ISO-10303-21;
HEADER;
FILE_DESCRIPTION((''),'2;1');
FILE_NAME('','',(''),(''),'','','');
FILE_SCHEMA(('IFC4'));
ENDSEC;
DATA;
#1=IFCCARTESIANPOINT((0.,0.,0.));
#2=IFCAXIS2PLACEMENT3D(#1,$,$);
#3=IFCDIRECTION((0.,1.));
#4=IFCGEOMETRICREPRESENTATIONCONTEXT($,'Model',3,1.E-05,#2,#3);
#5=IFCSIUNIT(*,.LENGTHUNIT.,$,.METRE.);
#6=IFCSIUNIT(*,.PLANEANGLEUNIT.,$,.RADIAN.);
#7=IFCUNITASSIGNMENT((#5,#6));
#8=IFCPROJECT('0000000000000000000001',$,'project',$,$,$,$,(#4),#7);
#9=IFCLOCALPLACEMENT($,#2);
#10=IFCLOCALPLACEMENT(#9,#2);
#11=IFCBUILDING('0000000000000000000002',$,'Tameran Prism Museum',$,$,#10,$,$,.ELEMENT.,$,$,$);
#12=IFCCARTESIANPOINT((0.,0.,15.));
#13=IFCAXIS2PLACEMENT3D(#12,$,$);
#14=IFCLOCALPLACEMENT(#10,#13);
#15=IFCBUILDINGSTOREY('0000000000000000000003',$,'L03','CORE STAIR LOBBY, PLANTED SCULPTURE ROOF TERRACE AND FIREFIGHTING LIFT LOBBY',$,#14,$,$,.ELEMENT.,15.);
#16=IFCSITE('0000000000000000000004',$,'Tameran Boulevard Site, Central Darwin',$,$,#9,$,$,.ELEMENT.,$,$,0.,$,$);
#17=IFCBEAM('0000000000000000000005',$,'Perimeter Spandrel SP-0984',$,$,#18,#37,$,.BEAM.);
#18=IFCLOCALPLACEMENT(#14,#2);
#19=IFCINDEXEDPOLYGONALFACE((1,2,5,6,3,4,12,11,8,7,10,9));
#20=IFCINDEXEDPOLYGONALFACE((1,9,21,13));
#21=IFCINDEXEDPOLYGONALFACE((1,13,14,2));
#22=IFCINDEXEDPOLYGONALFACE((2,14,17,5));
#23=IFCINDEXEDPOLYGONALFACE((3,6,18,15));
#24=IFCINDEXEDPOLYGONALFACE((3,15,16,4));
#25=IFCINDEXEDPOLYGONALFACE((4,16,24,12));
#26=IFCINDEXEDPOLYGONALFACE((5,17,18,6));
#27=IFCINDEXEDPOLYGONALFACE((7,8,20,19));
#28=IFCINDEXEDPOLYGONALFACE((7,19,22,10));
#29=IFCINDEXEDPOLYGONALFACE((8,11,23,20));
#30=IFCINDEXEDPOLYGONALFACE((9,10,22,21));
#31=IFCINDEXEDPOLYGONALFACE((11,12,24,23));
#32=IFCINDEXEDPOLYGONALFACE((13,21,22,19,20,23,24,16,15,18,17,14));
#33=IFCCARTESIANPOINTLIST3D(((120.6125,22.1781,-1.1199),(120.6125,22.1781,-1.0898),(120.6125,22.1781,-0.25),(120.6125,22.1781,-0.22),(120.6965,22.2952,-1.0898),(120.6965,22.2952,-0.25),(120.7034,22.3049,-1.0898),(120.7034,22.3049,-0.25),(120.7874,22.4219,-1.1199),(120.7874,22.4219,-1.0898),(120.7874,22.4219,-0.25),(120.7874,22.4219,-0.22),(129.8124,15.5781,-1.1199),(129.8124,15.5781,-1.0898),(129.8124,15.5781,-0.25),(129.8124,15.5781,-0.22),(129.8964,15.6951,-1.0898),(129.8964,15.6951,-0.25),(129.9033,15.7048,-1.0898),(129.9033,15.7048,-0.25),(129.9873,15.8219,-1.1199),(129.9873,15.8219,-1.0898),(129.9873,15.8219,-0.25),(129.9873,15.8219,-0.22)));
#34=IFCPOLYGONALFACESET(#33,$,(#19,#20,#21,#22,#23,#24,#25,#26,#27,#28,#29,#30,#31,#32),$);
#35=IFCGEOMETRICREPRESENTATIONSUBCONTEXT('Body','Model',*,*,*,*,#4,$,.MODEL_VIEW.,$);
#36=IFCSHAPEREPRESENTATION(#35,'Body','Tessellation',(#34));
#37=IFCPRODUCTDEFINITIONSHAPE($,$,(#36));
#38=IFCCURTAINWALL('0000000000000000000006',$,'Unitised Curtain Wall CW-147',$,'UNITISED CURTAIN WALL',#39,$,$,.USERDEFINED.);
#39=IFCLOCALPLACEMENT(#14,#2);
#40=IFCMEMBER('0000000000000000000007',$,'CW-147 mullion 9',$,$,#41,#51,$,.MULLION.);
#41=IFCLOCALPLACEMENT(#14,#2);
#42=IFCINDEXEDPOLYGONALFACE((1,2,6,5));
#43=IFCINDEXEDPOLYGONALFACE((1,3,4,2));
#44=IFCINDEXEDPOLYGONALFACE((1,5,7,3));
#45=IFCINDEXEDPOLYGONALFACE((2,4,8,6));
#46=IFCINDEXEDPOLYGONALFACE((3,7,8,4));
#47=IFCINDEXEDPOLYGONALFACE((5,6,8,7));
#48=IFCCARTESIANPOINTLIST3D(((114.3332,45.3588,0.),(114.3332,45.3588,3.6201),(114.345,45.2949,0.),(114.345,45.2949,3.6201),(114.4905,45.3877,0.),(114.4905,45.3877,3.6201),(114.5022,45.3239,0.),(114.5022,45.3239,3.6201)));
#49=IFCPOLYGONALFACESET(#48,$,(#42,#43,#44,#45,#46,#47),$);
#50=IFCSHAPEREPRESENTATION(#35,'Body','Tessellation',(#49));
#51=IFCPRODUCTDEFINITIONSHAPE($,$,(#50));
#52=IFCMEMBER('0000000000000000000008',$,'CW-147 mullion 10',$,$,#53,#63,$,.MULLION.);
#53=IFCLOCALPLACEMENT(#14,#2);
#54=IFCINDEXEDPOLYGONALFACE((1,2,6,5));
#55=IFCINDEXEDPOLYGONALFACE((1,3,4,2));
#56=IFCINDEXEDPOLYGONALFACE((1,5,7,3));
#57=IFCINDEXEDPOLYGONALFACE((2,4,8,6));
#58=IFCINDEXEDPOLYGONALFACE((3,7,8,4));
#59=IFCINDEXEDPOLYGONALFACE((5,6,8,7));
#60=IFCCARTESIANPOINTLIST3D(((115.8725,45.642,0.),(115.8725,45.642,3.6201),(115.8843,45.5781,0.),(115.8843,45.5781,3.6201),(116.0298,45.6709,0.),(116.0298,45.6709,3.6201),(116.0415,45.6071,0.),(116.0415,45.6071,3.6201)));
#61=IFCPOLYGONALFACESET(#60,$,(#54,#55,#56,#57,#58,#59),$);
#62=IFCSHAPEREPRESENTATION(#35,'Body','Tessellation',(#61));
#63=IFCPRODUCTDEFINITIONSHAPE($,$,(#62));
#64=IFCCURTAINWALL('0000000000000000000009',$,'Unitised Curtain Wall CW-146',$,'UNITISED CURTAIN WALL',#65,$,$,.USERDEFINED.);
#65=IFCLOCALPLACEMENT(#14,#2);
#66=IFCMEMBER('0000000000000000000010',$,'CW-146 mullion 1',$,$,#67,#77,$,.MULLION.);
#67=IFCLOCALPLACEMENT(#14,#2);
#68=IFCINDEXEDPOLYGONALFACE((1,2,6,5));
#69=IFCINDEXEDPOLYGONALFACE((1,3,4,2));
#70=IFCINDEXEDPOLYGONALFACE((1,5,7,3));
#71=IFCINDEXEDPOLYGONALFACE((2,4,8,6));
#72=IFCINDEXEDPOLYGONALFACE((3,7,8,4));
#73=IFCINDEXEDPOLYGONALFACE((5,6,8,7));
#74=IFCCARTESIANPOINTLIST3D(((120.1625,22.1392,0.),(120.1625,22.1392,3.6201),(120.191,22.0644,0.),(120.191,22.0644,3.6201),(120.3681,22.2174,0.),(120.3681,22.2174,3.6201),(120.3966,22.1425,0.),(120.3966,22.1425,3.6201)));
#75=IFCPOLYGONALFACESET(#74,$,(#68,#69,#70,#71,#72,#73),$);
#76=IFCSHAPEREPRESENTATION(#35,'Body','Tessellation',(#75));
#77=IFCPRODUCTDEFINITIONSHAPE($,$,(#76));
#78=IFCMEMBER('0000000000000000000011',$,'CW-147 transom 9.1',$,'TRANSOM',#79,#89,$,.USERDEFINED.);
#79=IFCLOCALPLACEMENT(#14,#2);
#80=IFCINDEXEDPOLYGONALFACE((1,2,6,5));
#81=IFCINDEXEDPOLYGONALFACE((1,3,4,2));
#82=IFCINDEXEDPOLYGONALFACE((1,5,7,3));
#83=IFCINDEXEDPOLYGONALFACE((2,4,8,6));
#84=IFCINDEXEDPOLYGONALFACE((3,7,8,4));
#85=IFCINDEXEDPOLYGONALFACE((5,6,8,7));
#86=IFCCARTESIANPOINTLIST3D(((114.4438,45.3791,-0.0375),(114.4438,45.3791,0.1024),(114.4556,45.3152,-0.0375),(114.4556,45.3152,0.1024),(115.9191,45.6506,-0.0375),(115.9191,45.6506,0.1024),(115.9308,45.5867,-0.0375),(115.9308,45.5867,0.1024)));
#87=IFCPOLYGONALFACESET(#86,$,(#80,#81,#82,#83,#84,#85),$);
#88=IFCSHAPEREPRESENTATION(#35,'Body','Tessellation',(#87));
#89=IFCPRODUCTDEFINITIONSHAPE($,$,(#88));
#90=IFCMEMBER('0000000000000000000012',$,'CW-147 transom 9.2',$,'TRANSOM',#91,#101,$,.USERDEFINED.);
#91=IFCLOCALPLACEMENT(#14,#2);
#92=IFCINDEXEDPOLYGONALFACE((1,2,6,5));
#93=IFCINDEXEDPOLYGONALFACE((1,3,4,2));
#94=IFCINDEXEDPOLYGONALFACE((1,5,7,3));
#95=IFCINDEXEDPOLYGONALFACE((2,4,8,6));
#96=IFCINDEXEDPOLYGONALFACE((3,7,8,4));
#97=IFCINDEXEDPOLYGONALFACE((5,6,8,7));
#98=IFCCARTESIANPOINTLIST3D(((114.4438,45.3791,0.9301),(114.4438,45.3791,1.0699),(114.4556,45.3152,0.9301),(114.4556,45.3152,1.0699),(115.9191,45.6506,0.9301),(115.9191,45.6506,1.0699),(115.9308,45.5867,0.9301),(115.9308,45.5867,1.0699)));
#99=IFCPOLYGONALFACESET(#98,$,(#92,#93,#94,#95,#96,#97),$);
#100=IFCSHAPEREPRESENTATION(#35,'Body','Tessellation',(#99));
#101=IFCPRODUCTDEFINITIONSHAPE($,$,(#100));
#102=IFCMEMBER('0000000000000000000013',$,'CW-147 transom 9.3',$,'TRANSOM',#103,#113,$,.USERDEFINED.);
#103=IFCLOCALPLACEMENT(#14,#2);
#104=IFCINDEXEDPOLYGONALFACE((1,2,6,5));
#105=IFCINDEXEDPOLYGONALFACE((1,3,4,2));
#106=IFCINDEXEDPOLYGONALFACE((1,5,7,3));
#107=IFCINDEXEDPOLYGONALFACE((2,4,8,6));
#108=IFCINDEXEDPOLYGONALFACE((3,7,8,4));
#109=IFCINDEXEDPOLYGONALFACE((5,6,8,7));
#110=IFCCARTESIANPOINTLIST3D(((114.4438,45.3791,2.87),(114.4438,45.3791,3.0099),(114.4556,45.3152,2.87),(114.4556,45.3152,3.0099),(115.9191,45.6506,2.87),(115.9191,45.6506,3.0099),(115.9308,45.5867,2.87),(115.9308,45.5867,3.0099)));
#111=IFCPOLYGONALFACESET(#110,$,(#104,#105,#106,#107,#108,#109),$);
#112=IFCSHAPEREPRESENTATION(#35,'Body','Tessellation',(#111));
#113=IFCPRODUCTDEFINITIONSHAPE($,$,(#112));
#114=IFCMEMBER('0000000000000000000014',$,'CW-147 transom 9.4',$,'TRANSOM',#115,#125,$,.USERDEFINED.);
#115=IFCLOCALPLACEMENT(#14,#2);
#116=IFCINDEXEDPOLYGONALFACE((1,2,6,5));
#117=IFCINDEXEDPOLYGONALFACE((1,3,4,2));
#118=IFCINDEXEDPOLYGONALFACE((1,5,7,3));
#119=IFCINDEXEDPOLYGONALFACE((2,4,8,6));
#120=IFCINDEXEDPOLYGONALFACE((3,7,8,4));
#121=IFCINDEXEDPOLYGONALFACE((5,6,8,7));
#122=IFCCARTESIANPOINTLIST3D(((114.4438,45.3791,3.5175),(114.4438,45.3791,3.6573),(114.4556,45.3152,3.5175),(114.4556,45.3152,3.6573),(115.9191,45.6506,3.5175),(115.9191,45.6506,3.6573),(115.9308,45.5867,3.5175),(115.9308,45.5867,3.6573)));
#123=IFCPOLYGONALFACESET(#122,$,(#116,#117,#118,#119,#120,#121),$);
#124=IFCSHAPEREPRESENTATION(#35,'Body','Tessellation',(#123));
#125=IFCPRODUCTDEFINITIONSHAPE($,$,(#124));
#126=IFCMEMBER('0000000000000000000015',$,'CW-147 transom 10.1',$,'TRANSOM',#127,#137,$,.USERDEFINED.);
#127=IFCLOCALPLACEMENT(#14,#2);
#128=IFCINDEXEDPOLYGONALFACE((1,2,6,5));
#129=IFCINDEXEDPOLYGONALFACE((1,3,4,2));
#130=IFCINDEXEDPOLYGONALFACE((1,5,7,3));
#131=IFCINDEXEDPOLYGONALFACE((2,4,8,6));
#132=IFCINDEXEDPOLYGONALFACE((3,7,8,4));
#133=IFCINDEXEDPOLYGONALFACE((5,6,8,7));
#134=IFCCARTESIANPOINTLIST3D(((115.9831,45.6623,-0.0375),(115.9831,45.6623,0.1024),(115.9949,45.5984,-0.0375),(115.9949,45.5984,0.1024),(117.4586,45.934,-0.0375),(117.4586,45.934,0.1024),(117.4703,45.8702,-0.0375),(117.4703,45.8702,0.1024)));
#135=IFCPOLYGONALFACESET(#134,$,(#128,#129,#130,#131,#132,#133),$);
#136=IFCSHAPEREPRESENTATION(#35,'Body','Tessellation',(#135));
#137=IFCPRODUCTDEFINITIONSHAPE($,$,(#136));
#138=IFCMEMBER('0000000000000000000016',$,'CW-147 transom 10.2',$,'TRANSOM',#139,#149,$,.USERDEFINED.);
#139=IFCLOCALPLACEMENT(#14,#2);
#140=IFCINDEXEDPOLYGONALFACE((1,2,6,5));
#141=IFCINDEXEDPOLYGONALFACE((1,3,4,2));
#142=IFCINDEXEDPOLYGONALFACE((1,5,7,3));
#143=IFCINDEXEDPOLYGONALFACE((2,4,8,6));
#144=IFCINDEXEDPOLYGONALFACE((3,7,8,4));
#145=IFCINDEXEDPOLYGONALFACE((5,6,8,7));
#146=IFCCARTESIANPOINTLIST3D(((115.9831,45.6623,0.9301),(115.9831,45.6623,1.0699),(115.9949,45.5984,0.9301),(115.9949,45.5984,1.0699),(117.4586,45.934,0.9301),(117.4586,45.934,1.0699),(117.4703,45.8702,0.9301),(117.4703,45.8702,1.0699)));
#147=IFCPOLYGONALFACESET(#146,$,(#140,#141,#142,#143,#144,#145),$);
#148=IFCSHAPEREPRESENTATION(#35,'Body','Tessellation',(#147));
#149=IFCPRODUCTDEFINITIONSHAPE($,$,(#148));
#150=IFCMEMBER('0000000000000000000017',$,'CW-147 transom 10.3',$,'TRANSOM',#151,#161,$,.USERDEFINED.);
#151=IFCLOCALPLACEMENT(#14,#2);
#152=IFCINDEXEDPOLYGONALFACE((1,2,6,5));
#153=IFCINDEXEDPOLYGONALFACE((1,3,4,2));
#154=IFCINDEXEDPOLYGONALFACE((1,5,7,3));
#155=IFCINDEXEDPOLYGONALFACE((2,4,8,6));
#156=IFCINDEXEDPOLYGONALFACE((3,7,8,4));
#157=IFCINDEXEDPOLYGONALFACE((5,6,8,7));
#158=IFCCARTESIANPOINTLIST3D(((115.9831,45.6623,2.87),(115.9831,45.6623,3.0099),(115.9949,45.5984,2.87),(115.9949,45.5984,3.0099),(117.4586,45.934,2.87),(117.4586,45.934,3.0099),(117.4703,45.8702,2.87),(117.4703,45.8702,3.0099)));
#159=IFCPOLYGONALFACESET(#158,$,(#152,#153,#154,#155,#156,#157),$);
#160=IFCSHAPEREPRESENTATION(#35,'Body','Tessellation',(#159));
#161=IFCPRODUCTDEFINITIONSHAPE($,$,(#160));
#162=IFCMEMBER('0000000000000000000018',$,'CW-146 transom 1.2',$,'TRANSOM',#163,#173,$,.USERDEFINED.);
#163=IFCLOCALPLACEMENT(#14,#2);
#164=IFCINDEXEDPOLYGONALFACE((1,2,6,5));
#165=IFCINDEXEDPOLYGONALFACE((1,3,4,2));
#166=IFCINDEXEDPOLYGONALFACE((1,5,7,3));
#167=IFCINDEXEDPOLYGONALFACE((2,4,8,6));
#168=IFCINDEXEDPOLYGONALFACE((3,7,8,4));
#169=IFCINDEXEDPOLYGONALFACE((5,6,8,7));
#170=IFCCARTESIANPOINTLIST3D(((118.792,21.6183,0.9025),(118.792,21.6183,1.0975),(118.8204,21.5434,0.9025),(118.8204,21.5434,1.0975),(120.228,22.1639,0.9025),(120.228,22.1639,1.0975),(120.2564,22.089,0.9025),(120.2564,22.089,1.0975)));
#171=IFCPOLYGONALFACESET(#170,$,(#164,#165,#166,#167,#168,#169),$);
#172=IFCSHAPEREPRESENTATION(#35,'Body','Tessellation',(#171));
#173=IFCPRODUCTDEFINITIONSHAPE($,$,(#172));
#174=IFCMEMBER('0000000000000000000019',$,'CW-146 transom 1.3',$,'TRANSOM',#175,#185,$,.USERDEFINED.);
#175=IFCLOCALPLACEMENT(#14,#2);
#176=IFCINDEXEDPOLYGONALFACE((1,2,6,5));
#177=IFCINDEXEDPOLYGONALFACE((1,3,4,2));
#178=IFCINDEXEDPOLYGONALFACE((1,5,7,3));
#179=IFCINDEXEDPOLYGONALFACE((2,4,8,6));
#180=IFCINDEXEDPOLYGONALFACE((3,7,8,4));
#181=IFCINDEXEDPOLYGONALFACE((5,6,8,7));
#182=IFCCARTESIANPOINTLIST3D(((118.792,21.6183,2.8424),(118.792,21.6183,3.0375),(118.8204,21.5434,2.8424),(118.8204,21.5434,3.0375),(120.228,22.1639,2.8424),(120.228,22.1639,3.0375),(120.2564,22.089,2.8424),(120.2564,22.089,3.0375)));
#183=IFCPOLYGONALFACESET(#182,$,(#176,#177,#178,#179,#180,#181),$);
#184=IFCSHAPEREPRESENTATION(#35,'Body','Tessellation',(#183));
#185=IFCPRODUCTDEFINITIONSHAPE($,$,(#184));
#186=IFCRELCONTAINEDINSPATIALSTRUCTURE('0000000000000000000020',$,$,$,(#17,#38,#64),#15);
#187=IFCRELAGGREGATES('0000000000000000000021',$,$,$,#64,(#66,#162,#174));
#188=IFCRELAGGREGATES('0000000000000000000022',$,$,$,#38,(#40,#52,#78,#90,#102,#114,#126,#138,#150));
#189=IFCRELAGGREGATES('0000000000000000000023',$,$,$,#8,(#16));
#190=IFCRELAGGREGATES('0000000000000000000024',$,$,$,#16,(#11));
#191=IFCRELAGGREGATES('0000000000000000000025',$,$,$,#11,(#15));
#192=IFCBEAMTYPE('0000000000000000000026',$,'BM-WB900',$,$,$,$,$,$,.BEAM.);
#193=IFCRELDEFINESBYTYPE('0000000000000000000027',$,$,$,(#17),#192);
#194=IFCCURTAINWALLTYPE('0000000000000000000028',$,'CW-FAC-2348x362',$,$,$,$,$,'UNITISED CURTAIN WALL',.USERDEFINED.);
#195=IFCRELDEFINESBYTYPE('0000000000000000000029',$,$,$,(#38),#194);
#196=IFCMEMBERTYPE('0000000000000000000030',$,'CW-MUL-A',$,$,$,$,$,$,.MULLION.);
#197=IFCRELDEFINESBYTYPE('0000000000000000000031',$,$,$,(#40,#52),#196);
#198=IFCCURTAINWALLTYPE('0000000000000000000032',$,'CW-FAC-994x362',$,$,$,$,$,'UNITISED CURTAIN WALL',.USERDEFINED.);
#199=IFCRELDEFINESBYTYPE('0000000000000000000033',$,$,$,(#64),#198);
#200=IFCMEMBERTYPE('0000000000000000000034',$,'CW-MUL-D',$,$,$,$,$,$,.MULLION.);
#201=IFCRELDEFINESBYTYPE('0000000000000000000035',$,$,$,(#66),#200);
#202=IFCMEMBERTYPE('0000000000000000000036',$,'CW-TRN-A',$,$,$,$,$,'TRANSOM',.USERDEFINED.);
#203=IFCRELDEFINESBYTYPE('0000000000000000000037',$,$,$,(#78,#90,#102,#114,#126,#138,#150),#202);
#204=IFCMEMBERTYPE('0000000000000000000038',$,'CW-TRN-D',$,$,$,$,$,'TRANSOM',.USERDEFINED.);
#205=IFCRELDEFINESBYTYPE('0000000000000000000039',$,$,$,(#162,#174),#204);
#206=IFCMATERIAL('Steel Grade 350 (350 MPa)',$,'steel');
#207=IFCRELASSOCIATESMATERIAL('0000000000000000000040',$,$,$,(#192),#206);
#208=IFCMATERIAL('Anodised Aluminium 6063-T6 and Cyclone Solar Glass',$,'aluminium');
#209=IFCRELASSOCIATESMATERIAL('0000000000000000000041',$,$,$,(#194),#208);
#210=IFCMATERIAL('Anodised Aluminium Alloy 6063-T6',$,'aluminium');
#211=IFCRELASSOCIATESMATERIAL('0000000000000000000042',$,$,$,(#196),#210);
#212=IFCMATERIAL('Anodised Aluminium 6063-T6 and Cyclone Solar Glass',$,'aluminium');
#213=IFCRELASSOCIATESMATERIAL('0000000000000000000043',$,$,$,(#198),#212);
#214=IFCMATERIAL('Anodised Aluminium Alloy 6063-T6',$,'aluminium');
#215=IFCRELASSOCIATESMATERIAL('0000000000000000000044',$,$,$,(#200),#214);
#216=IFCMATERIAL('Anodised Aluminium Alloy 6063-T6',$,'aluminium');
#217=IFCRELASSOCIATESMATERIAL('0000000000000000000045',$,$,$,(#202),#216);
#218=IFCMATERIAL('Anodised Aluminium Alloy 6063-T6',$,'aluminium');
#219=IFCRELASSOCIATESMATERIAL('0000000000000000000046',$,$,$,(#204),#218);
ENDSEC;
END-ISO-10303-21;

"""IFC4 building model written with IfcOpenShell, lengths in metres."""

from ifc_helpers import new_model, si_unit, direction, frame, origin, origin_2d, place, context, subcontext, project, spatial, rectangle, i_section, extrude, material, material_profile, profile_set, type_object, element, aggregate, save


model = new_model("IFC4")

# Units and contexts
model_context = context("Model", 3, precision=1e-05, world=origin(), true_north=direction((0.0, 1.0)))
body_context = subcontext(model_context, "Body", "Model", "MODEL_VIEW")
ifc_project = project(units=[si_unit("LENGTHUNIT", "METRE"), si_unit("PLANEANGLEUNIT", "RADIAN")], contexts=[model_context])

# Site, building, storey
site_placement = place(None, origin())
site = spatial("IfcSite", under=ifc_project, at=site_placement, Name="Tameran Boulevard Site, Central Darwin", CompositionType="ELEMENT", RefElevation=0.0)
building_placement = place(site_placement, origin())
building = spatial("IfcBuilding", under=site, at=building_placement, Name="Tameran Prism Museum", CompositionType="ELEMENT")
storey_placement = place(building_placement, frame((0.0, 0.0, 15.0)))
storey = spatial("IfcBuildingStorey", under=building, at=storey_placement, Name="L03", Description="CORE STAIR LOBBY, PLANTED SCULPTURE ROOF TERRACE AND FIREFIGHTING LIFT LOBBY", CompositionType="ELEMENT", Elevation=15.0)

# Beam
ifc_material_1 = material(Name="Steel Grade 350 (350 MPa)", Category="steel")
ifc_material_profile_1 = material_profile(ifc_material_1, i_section(OverallWidth=0.3, OverallDepth=0.8999, WebThickness=0.012, FlangeThickness=0.03, at=origin_2d()))
ifc_profile_set_1 = profile_set([ifc_material_profile_1])
beam_type_1 = type_object("IfcBeamType", Name="BM-WB900", PredefinedType="BEAM", material=ifc_profile_set_1)
beam_1_placement = place(storey_placement, frame((120.7, 22.3, -0.6699), z_axis=(0.812533, -0.582916, 0.0), x_axis=(0.582916, 0.812533, 0.0)))
element("IfcBeam", 1, at=beam_1_placement, inside=storey, type_object=beam_type_1, Name="Perimeter Spandrel SP-0984", PredefinedType="BEAM", context=body_context, shape_type="SweptSolid", body=[
    extrude(i_section(OverallWidth=0.3, OverallDepth=0.8999, WebThickness=0.012, FlangeThickness=0.03, at=origin_2d()), origin(), (0.0, 0.0, 1.0), 11.3225),
])

# Curtain wall, members
ifc_material_2 = material(Name="Anodised Aluminium 6063-T6 and Cyclone Solar Glass", Category="aluminium")
curtain_wall_type_1 = type_object("IfcCurtainWallType", Name="CW-FAC-2348x362", ElementType="UNITISED CURTAIN WALL", PredefinedType="USERDEFINED", material=ifc_material_2)
curtain_wall_1_placement = place(storey_placement, origin())
curtain_wall_1 = element("IfcCurtainWall", 2, at=curtain_wall_1_placement, inside=storey, type_object=curtain_wall_type_1, Name="Unitised Curtain Wall CW-147", ObjectType="UNITISED CURTAIN WALL", PredefinedType="USERDEFINED")
ifc_material_3 = material(Name="Anodised Aluminium Alloy 6063-T6", Category="aluminium")
ifc_material_profile_2 = material_profile(ifc_material_3, rectangle(XDim=0.0649, YDim=0.1599, at=origin_2d()))
ifc_profile_set_2 = profile_set([ifc_material_profile_2])
member_type_1 = type_object("IfcMemberType", Name="CW-MUL-A", PredefinedType="MULLION", material=ifc_profile_set_2)
member_1_placement = place(storey_placement, frame((114.4177, 45.3413, 0.0), z_axis=(0.0, 0.0, 1.0), x_axis=(-0.181063, 0.983472, 0.0)))
member_1 = element("IfcMember", 3, at=member_1_placement, type_object=member_type_1, Name="CW-147 mullion 9", PredefinedType="MULLION", context=body_context, shape_type="SweptSolid", body=[
    extrude(rectangle(XDim=0.0649, YDim=0.1599, at=origin_2d()), origin(), (0.0, 0.0, 1.0), 3.6201),
])
member_2_placement = place(storey_placement, frame((115.957, 45.6245, 0.0), z_axis=(0.0, 0.0, 1.0), x_axis=(-0.181063, 0.983472, 0.0)))
member_2 = element("IfcMember", 4, at=member_2_placement, type_object=member_type_1, Name="CW-147 mullion 10", PredefinedType="MULLION", context=body_context, shape_type="SweptSolid", body=[
    extrude(rectangle(XDim=0.0649, YDim=0.1599, at=origin_2d()), origin(), (0.0, 0.0, 1.0), 3.6201),
])

# Curtain wall, member
ifc_material_4 = material(Name="Anodised Aluminium 6063-T6 and Cyclone Solar Glass", Category="aluminium")
curtain_wall_type_2 = type_object("IfcCurtainWallType", Name="CW-FAC-994x362", ElementType="UNITISED CURTAIN WALL", PredefinedType="USERDEFINED", material=ifc_material_4)
curtain_wall_2_placement = place(storey_placement, origin())
curtain_wall_2 = element("IfcCurtainWall", 5, at=curtain_wall_2_placement, inside=storey, type_object=curtain_wall_type_2, Name="Unitised Curtain Wall CW-146", ObjectType="UNITISED CURTAIN WALL", PredefinedType="USERDEFINED")
ifc_material_5 = material(Name="Anodised Aluminium Alloy 6063-T6", Category="aluminium")
ifc_material_profile_3 = material_profile(ifc_material_5, rectangle(XDim=0.0801, YDim=0.22, at=origin_2d()))
ifc_profile_set_3 = profile_set([ifc_material_profile_3])
member_type_2 = type_object("IfcMemberType", Name="CW-MUL-D", PredefinedType="MULLION", material=ifc_profile_set_3)
member_3_placement = place(storey_placement, frame((120.2795, 22.1409, 0.0), z_axis=(0.0, 0.0, 1.0), x_axis=(0.355288, -0.934757, 0.0)))
member_3 = element("IfcMember", 6, at=member_3_placement, type_object=member_type_2, Name="CW-146 mullion 1", PredefinedType="MULLION", context=body_context, shape_type="SweptSolid", body=[
    extrude(rectangle(XDim=0.0801, YDim=0.22, at=origin_2d()), origin(), (0.0, 0.0, 1.0), 3.6201),
])

# Members
ifc_material_6 = material(Name="Anodised Aluminium Alloy 6063-T6", Category="aluminium")
ifc_material_profile_4 = material_profile(ifc_material_6, rectangle(XDim=0.0649, YDim=0.1399, at=origin_2d()))
ifc_profile_set_4 = profile_set([ifc_material_profile_4])
member_type_3 = type_object("IfcMemberType", Name="CW-TRN-A", ElementType="TRANSOM", PredefinedType="USERDEFINED", material=ifc_profile_set_4)
member_4_placement = place(storey_placement, frame((114.4497, 45.3472, 0.0325), z_axis=(0.983488, 0.180976, 0.0), x_axis=(-0.180976, 0.983488, 0.0)))
member_4 = element("IfcMember", 7, at=member_4_placement, type_object=member_type_3, Name="CW-147 transom 9.1", ObjectType="TRANSOM", PredefinedType="USERDEFINED", context=body_context, shape_type="SweptSolid", body=[
    extrude(rectangle(XDim=0.0649, YDim=0.1399, at=origin_2d()), origin(), (0.0, 0.0, 1.0), 1.5),
])
member_5_placement = place(storey_placement, frame((114.4497, 45.3472, 1.0), z_axis=(0.983488, 0.180976, 0.0), x_axis=(-0.180976, 0.983488, 0.0)))
member_5 = element("IfcMember", 8, at=member_5_placement, type_object=member_type_3, Name="CW-147 transom 9.2", ObjectType="TRANSOM", PredefinedType="USERDEFINED", context=body_context, shape_type="SweptSolid", body=[
    extrude(rectangle(XDim=0.0649, YDim=0.1399, at=origin_2d()), origin(), (0.0, 0.0, 1.0), 1.5),
])
member_6_placement = place(storey_placement, frame((114.4497, 45.3472, 2.9399), z_axis=(0.983488, 0.180976, 0.0), x_axis=(-0.180976, 0.983488, 0.0)))
member_6 = element("IfcMember", 9, at=member_6_placement, type_object=member_type_3, Name="CW-147 transom 9.3", ObjectType="TRANSOM", PredefinedType="USERDEFINED", context=body_context, shape_type="SweptSolid", body=[
    extrude(rectangle(XDim=0.0649, YDim=0.1399, at=origin_2d()), origin(), (0.0, 0.0, 1.0), 1.5),
])
member_7_placement = place(storey_placement, frame((114.4497, 45.3472, 3.5874), z_axis=(0.983488, 0.180976, 0.0), x_axis=(-0.180976, 0.983488, 0.0)))
member_7 = element("IfcMember", 10, at=member_7_placement, type_object=member_type_3, Name="CW-147 transom 9.4", ObjectType="TRANSOM", PredefinedType="USERDEFINED", context=body_context, shape_type="SweptSolid", body=[
    extrude(rectangle(XDim=0.0649, YDim=0.1399, at=origin_2d()), origin(), (0.0, 0.0, 1.0), 1.5),
])
member_8_placement = place(storey_placement, frame((115.989, 45.6304, 0.0325), z_axis=(0.983459, 0.181133, 0.0), x_axis=(-0.181133, 0.983459, 0.0)))
member_8 = element("IfcMember", 11, at=member_8_placement, type_object=member_type_3, Name="CW-147 transom 10.1", ObjectType="TRANSOM", PredefinedType="USERDEFINED", context=body_context, shape_type="SweptSolid", body=[
    extrude(rectangle(XDim=0.0649, YDim=0.1399, at=origin_2d()), origin(), (0.0, 0.0, 1.0), 1.5002),
])
member_9_placement = place(storey_placement, frame((115.989, 45.6304, 1.0), z_axis=(0.983459, 0.181133, 0.0), x_axis=(-0.181133, 0.983459, 0.0)))
member_9 = element("IfcMember", 12, at=member_9_placement, type_object=member_type_3, Name="CW-147 transom 10.2", ObjectType="TRANSOM", PredefinedType="USERDEFINED", context=body_context, shape_type="SweptSolid", body=[
    extrude(rectangle(XDim=0.0649, YDim=0.1399, at=origin_2d()), origin(), (0.0, 0.0, 1.0), 1.5002),
])
member_10_placement = place(storey_placement, frame((115.989, 45.6304, 2.9399), z_axis=(0.983459, 0.181133, 0.0), x_axis=(-0.181133, 0.983459, 0.0)))
member_10 = element("IfcMember", 13, at=member_10_placement, type_object=member_type_3, Name="CW-147 transom 10.3", ObjectType="TRANSOM", PredefinedType="USERDEFINED", context=body_context, shape_type="SweptSolid", body=[
    extrude(rectangle(XDim=0.0649, YDim=0.1399, at=origin_2d()), origin(), (0.0, 0.0, 1.0), 1.5002),
])
ifc_material_7 = material(Name="Anodised Aluminium Alloy 6063-T6", Category="aluminium")
ifc_material_profile_5 = material_profile(ifc_material_7, rectangle(XDim=0.0801, YDim=0.1951, at=origin_2d()))
ifc_profile_set_5 = profile_set([ifc_material_profile_5])
member_type_4 = type_object("IfcMemberType", Name="CW-TRN-D", ElementType="TRANSOM", PredefinedType="USERDEFINED", material=ifc_profile_set_5)
member_11_placement = place(storey_placement, frame((120.2422, 22.1265, 1.0), z_axis=(-0.934792, -0.355196, 0.0), x_axis=(0.355196, -0.934792, 0.0)))
member_11 = element("IfcMember", 14, at=member_11_placement, type_object=member_type_4, Name="CW-146 transom 1.2", ObjectType="TRANSOM", PredefinedType="USERDEFINED", context=body_context, shape_type="SweptSolid", body=[
    extrude(rectangle(XDim=0.0801, YDim=0.1951, at=origin_2d()), origin(), (0.0, 0.0, 1.0), 1.5361),
])
member_12_placement = place(storey_placement, frame((120.2422, 22.1265, 2.9399), z_axis=(-0.934792, -0.355196, 0.0), x_axis=(0.355196, -0.934792, 0.0)))
member_12 = element("IfcMember", 15, at=member_12_placement, type_object=member_type_4, Name="CW-146 transom 1.3", ObjectType="TRANSOM", PredefinedType="USERDEFINED", context=body_context, shape_type="SweptSolid", body=[
    extrude(rectangle(XDim=0.0801, YDim=0.1951, at=origin_2d()), origin(), (0.0, 0.0, 1.0), 1.5361),
])
aggregate(curtain_wall_2, [member_3, member_11, member_12])

aggregate(curtain_wall_1, [member_1, member_2, member_4, member_5, member_6, member_7, member_8, member_9, member_10])

save(model, "model.ifc")
